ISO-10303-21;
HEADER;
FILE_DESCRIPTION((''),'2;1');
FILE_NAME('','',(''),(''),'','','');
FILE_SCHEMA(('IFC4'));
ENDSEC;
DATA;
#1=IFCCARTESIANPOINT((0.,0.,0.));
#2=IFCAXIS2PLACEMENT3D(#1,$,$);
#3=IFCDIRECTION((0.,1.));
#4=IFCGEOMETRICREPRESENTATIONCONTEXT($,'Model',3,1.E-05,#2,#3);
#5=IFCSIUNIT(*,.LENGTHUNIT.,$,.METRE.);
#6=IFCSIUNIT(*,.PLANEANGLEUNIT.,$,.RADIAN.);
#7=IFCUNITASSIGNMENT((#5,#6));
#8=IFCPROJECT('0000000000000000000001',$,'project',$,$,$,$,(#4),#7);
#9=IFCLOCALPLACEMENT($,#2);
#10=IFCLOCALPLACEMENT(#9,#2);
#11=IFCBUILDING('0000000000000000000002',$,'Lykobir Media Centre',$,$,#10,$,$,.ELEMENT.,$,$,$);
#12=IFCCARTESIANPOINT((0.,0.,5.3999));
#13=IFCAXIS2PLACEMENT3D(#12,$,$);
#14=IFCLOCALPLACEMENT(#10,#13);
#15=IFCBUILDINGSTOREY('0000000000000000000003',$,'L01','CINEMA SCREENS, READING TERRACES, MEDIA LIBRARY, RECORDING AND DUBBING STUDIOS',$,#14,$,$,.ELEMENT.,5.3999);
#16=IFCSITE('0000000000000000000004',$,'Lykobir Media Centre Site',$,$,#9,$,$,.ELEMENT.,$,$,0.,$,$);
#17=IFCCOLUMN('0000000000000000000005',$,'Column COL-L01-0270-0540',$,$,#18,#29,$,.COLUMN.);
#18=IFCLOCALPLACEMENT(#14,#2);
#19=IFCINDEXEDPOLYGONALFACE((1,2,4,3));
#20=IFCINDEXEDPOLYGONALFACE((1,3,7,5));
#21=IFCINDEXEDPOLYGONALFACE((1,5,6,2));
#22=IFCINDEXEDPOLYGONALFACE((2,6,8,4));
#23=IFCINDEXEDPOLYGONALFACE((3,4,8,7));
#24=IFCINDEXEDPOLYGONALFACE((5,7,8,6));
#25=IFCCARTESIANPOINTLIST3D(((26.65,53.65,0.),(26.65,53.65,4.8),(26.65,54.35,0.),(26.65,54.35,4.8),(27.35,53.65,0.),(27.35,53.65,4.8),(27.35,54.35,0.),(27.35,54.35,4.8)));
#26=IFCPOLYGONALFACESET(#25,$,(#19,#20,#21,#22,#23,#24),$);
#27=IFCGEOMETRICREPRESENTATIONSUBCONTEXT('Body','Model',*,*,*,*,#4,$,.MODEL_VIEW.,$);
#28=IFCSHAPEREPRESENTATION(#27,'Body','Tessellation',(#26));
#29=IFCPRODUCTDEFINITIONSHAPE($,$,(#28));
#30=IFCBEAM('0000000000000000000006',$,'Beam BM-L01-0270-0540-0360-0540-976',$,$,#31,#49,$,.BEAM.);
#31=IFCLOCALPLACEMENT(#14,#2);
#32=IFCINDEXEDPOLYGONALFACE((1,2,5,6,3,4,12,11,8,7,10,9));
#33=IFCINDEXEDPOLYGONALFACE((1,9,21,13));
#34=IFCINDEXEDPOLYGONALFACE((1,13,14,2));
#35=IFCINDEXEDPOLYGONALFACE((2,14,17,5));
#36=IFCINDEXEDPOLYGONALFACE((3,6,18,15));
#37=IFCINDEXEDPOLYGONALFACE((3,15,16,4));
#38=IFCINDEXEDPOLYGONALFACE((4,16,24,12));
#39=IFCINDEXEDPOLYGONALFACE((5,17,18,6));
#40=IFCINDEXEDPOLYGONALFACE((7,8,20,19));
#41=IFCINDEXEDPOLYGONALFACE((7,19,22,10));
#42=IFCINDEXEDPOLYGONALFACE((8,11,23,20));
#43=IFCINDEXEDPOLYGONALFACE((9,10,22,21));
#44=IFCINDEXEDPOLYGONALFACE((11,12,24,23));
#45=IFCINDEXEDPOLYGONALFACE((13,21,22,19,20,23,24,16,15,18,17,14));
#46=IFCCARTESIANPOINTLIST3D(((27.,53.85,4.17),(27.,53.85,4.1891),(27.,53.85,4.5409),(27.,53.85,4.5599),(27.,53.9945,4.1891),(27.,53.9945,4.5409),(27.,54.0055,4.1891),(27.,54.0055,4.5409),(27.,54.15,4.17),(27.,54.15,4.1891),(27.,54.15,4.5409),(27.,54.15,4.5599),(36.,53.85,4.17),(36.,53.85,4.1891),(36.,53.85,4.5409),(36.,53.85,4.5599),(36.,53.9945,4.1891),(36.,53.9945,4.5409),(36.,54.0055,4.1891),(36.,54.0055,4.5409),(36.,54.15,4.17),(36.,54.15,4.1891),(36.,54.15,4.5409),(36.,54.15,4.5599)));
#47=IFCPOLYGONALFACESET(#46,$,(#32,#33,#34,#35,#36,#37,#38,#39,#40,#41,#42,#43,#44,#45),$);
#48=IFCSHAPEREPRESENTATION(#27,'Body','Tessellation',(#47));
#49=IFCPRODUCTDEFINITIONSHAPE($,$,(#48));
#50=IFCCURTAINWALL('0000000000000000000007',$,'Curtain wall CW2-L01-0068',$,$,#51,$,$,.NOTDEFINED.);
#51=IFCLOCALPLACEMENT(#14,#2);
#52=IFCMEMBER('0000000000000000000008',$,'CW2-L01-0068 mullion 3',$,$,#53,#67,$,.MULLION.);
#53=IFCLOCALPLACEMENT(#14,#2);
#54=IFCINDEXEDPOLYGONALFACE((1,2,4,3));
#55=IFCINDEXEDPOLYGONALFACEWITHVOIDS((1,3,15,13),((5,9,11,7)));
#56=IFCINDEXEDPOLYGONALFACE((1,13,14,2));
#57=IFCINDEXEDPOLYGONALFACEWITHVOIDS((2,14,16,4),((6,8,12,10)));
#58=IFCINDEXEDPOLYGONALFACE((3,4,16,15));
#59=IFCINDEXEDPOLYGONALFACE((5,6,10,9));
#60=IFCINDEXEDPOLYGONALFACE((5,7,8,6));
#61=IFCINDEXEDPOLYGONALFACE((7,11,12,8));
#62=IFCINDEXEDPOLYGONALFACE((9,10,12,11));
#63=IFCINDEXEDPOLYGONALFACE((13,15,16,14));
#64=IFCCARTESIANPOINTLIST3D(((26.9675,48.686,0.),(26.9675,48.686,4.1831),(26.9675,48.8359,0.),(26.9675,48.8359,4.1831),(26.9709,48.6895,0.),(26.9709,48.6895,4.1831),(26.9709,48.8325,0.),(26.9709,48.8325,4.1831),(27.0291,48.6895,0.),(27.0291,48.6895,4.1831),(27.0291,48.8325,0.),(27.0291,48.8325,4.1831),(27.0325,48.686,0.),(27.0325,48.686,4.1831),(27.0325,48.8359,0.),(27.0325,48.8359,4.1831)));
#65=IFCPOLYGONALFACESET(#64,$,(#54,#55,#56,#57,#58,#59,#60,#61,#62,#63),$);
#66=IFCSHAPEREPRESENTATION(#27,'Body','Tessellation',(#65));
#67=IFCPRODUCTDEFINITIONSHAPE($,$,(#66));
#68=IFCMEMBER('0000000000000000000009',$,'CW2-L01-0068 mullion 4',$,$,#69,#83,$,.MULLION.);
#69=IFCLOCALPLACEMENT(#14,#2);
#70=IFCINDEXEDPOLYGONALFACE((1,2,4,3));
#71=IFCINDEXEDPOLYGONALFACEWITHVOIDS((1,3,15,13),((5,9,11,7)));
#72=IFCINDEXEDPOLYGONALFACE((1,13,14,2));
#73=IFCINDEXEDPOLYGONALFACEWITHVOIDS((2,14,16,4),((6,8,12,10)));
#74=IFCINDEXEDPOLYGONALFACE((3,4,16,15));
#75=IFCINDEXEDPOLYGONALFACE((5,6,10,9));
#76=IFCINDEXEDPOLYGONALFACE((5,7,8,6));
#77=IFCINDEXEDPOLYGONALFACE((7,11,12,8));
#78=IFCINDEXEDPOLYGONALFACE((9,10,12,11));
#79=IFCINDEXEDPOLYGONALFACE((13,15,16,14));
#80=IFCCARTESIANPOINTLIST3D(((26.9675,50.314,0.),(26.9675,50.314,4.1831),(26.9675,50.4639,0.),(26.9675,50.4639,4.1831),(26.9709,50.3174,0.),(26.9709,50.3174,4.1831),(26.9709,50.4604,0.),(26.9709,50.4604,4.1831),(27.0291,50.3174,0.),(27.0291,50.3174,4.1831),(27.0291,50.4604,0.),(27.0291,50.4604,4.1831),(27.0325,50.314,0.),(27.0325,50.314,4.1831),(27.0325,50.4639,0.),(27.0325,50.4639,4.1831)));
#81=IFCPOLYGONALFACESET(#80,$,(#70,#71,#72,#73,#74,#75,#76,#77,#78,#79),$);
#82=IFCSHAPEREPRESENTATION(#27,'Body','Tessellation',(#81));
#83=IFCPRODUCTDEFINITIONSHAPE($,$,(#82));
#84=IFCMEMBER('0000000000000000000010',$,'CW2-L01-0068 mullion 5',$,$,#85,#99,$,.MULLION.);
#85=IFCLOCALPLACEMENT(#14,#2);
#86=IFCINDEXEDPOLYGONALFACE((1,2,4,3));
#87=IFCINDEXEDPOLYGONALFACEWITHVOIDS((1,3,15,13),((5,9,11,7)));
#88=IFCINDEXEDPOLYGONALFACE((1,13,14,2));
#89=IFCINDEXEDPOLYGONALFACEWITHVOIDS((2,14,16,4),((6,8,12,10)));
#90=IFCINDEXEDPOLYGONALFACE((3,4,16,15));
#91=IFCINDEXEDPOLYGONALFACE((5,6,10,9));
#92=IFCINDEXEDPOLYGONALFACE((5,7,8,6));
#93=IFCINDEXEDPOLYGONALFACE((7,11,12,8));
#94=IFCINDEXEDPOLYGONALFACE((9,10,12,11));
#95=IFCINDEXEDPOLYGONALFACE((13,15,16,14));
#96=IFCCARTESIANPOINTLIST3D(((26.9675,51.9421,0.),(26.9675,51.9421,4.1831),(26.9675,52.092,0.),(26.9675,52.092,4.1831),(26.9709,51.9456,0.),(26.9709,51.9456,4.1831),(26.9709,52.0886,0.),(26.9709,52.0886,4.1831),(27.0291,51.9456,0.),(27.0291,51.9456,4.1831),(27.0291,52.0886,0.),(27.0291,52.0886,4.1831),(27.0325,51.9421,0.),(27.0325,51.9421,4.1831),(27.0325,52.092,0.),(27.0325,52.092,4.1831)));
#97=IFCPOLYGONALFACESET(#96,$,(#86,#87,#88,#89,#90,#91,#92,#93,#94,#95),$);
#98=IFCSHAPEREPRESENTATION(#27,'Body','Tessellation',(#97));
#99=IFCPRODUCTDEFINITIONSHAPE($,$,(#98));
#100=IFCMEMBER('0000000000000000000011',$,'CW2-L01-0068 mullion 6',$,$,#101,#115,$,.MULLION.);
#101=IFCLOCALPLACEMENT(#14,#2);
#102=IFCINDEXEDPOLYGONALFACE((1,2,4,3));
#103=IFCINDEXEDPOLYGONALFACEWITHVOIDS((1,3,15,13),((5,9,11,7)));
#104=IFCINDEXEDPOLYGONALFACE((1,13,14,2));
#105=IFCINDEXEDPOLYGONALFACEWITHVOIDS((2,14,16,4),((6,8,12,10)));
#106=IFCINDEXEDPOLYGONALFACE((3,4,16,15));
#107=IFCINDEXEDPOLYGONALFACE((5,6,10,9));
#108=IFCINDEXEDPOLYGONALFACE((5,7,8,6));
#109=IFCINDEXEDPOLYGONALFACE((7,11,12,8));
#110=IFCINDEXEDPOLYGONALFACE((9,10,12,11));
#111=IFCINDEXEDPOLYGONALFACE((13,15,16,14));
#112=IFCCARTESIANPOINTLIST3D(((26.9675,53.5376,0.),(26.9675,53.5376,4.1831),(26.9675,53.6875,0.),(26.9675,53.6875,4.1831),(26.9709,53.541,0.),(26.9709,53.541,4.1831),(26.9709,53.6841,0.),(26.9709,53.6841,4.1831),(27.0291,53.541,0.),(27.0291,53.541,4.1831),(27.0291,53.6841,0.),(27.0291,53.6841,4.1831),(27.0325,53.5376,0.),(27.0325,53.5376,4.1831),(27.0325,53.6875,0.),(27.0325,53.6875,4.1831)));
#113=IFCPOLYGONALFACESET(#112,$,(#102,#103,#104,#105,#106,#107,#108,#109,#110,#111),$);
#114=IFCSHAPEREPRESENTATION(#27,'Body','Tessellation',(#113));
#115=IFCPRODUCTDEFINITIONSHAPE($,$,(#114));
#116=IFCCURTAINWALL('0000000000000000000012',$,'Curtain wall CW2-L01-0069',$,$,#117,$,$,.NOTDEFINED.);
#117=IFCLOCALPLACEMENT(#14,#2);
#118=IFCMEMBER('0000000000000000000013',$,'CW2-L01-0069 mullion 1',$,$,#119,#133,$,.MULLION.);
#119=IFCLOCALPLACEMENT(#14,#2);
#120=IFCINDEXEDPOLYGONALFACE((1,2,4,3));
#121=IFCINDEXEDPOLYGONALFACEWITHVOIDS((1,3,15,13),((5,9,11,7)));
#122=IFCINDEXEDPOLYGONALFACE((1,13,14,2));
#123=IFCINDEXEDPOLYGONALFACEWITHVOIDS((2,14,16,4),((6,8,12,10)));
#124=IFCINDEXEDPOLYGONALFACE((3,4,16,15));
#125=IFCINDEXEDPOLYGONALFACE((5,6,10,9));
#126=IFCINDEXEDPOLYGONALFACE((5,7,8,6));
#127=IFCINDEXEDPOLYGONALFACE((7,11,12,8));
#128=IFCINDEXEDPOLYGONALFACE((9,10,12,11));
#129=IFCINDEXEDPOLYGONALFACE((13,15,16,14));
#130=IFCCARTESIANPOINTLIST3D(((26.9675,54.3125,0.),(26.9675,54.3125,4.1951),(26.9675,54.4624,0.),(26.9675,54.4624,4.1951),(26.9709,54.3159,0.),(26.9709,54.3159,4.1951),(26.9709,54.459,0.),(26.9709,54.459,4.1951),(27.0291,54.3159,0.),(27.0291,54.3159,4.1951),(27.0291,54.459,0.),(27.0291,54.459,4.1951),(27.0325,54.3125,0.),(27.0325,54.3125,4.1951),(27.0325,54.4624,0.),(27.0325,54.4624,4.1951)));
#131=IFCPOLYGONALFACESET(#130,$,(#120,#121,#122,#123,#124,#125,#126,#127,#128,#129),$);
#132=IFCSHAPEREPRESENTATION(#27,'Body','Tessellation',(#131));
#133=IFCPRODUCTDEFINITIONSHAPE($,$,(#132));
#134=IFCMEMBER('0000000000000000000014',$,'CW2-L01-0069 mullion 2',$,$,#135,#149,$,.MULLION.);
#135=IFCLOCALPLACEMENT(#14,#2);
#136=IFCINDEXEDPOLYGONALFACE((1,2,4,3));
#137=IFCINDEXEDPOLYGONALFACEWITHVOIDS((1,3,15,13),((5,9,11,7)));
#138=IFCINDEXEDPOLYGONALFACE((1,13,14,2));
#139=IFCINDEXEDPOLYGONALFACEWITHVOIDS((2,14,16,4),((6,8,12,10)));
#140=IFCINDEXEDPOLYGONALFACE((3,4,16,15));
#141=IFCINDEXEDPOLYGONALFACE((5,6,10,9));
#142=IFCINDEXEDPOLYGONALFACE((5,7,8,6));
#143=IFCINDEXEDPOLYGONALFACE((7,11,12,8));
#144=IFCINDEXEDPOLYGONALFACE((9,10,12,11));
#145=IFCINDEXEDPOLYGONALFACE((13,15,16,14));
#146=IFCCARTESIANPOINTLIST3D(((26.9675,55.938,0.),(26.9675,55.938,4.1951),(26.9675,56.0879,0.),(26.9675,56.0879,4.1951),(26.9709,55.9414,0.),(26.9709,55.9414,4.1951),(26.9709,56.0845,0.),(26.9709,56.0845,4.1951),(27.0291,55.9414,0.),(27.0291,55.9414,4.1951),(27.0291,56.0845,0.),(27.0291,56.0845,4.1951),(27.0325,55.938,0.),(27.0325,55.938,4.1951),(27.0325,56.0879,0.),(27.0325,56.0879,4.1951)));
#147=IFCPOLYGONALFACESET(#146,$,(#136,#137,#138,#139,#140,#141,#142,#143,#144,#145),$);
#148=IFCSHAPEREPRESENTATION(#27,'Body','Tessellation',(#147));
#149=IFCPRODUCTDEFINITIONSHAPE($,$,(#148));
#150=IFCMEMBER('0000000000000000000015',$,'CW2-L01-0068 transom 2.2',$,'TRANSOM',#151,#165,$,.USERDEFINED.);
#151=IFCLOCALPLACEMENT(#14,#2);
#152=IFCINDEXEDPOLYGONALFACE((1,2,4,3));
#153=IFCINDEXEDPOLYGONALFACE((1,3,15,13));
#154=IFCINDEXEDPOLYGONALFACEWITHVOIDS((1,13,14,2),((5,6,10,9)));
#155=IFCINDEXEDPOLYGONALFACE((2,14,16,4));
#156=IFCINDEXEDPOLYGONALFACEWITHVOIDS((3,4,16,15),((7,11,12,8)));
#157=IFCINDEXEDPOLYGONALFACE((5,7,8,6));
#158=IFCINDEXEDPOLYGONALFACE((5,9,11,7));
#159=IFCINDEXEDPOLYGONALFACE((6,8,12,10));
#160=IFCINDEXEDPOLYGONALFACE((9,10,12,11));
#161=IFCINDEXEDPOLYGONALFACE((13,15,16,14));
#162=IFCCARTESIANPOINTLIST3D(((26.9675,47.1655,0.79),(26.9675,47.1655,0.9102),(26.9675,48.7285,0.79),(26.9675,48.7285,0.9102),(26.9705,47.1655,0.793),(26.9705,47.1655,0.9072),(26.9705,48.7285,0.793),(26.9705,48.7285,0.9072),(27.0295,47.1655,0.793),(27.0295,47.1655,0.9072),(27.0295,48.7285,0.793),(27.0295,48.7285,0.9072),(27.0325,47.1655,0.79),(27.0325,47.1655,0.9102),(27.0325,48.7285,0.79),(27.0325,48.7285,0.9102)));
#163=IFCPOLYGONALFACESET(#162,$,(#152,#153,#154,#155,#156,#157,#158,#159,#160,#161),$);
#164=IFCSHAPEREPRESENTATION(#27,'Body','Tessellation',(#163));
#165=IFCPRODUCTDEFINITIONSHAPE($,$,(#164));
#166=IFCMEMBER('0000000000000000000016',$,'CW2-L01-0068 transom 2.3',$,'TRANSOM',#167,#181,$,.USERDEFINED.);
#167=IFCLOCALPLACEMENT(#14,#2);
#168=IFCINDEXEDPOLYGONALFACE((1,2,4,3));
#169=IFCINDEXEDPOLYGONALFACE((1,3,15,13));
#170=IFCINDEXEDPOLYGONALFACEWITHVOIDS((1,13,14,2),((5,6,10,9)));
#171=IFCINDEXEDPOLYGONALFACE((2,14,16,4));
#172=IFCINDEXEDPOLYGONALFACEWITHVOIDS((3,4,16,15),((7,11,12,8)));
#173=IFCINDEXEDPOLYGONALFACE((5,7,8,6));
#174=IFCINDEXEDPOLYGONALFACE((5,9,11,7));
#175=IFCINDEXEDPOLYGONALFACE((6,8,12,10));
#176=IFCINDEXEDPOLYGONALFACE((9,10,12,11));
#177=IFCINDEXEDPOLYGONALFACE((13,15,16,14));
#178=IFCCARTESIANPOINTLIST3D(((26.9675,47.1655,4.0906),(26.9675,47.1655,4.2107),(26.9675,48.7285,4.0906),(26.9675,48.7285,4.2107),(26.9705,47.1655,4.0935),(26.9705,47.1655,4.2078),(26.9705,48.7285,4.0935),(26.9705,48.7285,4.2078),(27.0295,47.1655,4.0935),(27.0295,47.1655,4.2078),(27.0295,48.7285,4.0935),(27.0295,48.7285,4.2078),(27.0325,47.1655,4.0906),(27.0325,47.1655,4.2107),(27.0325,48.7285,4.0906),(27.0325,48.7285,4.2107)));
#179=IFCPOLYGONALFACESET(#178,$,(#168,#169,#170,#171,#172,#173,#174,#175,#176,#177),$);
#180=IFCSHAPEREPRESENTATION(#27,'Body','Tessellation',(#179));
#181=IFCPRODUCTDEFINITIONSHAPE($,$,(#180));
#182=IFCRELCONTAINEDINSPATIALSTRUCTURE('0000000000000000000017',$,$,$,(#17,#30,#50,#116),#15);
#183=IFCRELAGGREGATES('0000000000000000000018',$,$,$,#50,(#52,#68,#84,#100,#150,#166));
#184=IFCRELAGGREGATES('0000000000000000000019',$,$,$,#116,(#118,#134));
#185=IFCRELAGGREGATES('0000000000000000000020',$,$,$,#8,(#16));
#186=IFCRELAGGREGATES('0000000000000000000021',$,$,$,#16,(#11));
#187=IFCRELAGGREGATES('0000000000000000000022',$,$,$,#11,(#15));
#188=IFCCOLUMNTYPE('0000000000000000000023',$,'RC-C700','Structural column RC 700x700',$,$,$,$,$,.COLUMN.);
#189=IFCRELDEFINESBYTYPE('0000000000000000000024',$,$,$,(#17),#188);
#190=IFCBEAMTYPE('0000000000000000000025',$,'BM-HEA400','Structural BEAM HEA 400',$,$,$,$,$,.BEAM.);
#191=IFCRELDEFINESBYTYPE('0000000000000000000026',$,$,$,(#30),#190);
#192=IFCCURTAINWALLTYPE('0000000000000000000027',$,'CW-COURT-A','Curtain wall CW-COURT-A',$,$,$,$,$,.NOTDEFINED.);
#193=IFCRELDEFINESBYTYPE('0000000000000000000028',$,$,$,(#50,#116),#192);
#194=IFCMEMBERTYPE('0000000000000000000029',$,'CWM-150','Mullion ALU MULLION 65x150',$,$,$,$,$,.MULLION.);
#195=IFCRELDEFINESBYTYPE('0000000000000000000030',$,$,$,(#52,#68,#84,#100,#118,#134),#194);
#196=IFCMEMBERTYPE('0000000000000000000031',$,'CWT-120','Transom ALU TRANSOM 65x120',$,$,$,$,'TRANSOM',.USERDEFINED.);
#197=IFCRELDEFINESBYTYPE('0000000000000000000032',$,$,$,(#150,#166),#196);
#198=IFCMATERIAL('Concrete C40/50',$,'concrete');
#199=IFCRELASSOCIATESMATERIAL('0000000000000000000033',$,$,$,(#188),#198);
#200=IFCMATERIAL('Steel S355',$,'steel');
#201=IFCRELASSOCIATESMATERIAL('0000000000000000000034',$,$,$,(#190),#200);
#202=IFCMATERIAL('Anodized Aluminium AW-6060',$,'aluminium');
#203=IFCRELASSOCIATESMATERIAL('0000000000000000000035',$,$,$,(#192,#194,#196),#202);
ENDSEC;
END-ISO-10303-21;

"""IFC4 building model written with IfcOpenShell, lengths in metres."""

from ifc_helpers import new_model, si_unit, direction, frame, origin, origin_2d, place, context, subcontext, project, spatial, rectangle, hollow_rectangle, i_section, extrude, material, material_profile, profile_set, type_object, element, aggregate, save


model = new_model("IFC4")

# Units and contexts
model_context = context("Model", 3, precision=1e-05, world=origin(), true_north=direction((0.0, 1.0)))
body_context = subcontext(model_context, "Body", "Model", "MODEL_VIEW")
ifc_project = project(units=[si_unit("LENGTHUNIT", "METRE"), si_unit("PLANEANGLEUNIT", "RADIAN")], contexts=[model_context])

# Site, building, storey
site_placement = place(None, origin())
site = spatial("IfcSite", under=ifc_project, at=site_placement, Name="Lykobir Media Centre Site", CompositionType="ELEMENT", RefElevation=0.0)
building_placement = place(site_placement, origin())
building = spatial("IfcBuilding", under=site, at=building_placement, Name="Lykobir Media Centre", CompositionType="ELEMENT")
storey_placement = place(building_placement, frame((0.0, 0.0, 5.3999)))
storey = spatial("IfcBuildingStorey", under=building, at=storey_placement, Name="L01", Description="CINEMA SCREENS, READING TERRACES, MEDIA LIBRARY, RECORDING AND DUBBING STUDIOS", CompositionType="ELEMENT", Elevation=5.3999)

# Column
ifc_material_1 = material(Name="Concrete C40/50", Category="concrete")
ifc_material_profile_1 = material_profile(ifc_material_1, rectangle(XDim=0.7, YDim=0.7, at=origin_2d()), Name="RC 700x700")
ifc_profile_set_1 = profile_set([ifc_material_profile_1], Name="Concrete C40/50")
column_type = type_object("IfcColumnType", Name="RC-C700", Description="Structural column RC 700x700", PredefinedType="COLUMN", material=ifc_profile_set_1)
column_placement = place(storey_placement, frame((27.0, 54.0, 0.0), z_axis=(0.0, 0.0, 1.0), x_axis=(1.0, 0.0, 0.0)))
element("IfcColumn", 1, at=column_placement, inside=storey, type_object=column_type, Name="Column COL-L01-0270-0540", PredefinedType="COLUMN", context=body_context, shape_type="SweptSolid", body=[
    extrude(rectangle(XDim=0.7, YDim=0.7, at=origin_2d()), origin(), (0.0, 0.0, 1.0), 4.8),
])

# Beam
ifc_material_2 = material(Name="Steel S355", Category="steel")
ifc_material_profile_2 = material_profile(ifc_material_2, i_section(OverallWidth=0.3, OverallDepth=0.3899, WebThickness=0.011, FlangeThickness=0.019, at=origin_2d()), Name="HEA 400")
ifc_profile_set_2 = profile_set([ifc_material_profile_2], Name="Steel S355")
beam_type_1 = type_object("IfcBeamType", Name="BM-HEA400", Description="Structural BEAM HEA 400", PredefinedType="BEAM", material=ifc_profile_set_2)
beam_1_placement = place(storey_placement, frame((27.0, 54.0, 4.365), z_axis=(1.0, 0.0, 0.0), x_axis=(0.0, 1.0, 0.0)))
element("IfcBeam", 2, at=beam_1_placement, inside=storey, type_object=beam_type_1, Name="Beam BM-L01-0270-0540-0360-0540-976", PredefinedType="BEAM", context=body_context, shape_type="SweptSolid", body=[
    extrude(i_section(OverallWidth=0.3, OverallDepth=0.3899, WebThickness=0.011, FlangeThickness=0.019, at=origin_2d()), origin(), (0.0, 0.0, 1.0), 9.0),
])

# Curtain walls, members
ifc_material_3 = material(Name="Anodized Aluminium AW-6060", Category="aluminium")
curtain_wall_type = type_object("IfcCurtainWallType", Name="CW-COURT-A", Description="Curtain wall CW-COURT-A", PredefinedType="NOTDEFINED", material=ifc_material_3)
curtain_wall_1_placement = place(storey_placement, origin())
curtain_wall_1 = element("IfcCurtainWall", 3, at=curtain_wall_1_placement, inside=storey, type_object=curtain_wall_type, Name="Curtain wall CW2-L01-0068", PredefinedType="NOTDEFINED")
ifc_material_profile_3 = material_profile(ifc_material_3, hollow_rectangle(XDim=0.0649, YDim=0.1499, WallThickness=0.0034, at=origin_2d()), Name="ALU MULLION 65x150")
ifc_profile_set_3 = profile_set([ifc_material_profile_3], Name="Anodized Aluminium AW-6060")
member_type_1 = type_object("IfcMemberType", Name="CWM-150", Description="Mullion ALU MULLION 65x150", PredefinedType="MULLION", material=ifc_profile_set_3)
member_1_placement = place(storey_placement, frame((27.0, 48.761, 0.0), z_axis=(0.0, 0.0, 1.0), x_axis=(-1.0, 0.0, 0.0)))
member_1 = element("IfcMember", 4, at=member_1_placement, type_object=member_type_1, Name="CW2-L01-0068 mullion 3", PredefinedType="MULLION", context=body_context, shape_type="SweptSolid", body=[
    extrude(hollow_rectangle(XDim=0.0649, YDim=0.1499, WallThickness=0.0034, at=origin_2d()), origin(), (0.0, 0.0, 1.0), 4.1831),
])
member_2_placement = place(storey_placement, frame((27.0, 50.3889, 0.0), z_axis=(0.0, 0.0, 1.0), x_axis=(-1.0, 0.0, 0.0)))
member_2 = element("IfcMember", 5, at=member_2_placement, type_object=member_type_1, Name="CW2-L01-0068 mullion 4", PredefinedType="MULLION", context=body_context, shape_type="SweptSolid", body=[
    extrude(hollow_rectangle(XDim=0.0649, YDim=0.1499, WallThickness=0.0034, at=origin_2d()), origin(), (0.0, 0.0, 1.0), 4.1831),
])
member_3_placement = place(storey_placement, frame((27.0, 52.0171, 0.0), z_axis=(0.0, 0.0, 1.0), x_axis=(-1.0, 0.0, 0.0)))
member_3 = element("IfcMember", 6, at=member_3_placement, type_object=member_type_1, Name="CW2-L01-0068 mullion 5", PredefinedType="MULLION", context=body_context, shape_type="SweptSolid", body=[
    extrude(hollow_rectangle(XDim=0.0649, YDim=0.1499, WallThickness=0.0034, at=origin_2d()), origin(), (0.0, 0.0, 1.0), 4.1831),
])
member_4_placement = place(storey_placement, frame((27.0, 53.6125, 0.0), z_axis=(0.0, 0.0, 1.0), x_axis=(-1.0, 0.0, 0.0)))
member_4 = element("IfcMember", 7, at=member_4_placement, type_object=member_type_1, Name="CW2-L01-0068 mullion 6", PredefinedType="MULLION", context=body_context, shape_type="SweptSolid", body=[
    extrude(hollow_rectangle(XDim=0.0649, YDim=0.1499, WallThickness=0.0034, at=origin_2d()), origin(), (0.0, 0.0, 1.0), 4.1831),
])
curtain_wall_2_placement = place(storey_placement, origin())
curtain_wall_2 = element("IfcCurtainWall", 8, at=curtain_wall_2_placement, inside=storey, type_object=curtain_wall_type, Name="Curtain wall CW2-L01-0069", PredefinedType="NOTDEFINED")
member_5_placement = place(storey_placement, frame((27.0, 54.3875, 0.0), z_axis=(0.0, 0.0, 1.0), x_axis=(-1.0, 0.0, 0.0)))
member_5 = element("IfcMember", 9, at=member_5_placement, type_object=member_type_1, Name="CW2-L01-0069 mullion 1", PredefinedType="MULLION", context=body_context, shape_type="SweptSolid", body=[
    extrude(hollow_rectangle(XDim=0.0649, YDim=0.1499, WallThickness=0.0034, at=origin_2d()), origin(), (0.0, 0.0, 1.0), 4.1951),
])
member_6_placement = place(storey_placement, frame((27.0, 56.0129, 0.0), z_axis=(0.0, 0.0, 1.0), x_axis=(-1.0, 0.0, 0.0)))
member_6 = element("IfcMember", 10, at=member_6_placement, type_object=member_type_1, Name="CW2-L01-0069 mullion 2", PredefinedType="MULLION", context=body_context, shape_type="SweptSolid", body=[
    extrude(hollow_rectangle(XDim=0.0649, YDim=0.1499, WallThickness=0.0034, at=origin_2d()), origin(), (0.0, 0.0, 1.0), 4.1951),
])

# Members
ifc_material_profile_4 = material_profile(ifc_material_3, hollow_rectangle(XDim=0.0649, YDim=0.1201, WallThickness=0.0029, at=origin_2d()), Name="ALU TRANSOM 65x120")
ifc_profile_set_4 = profile_set([ifc_material_profile_4], Name="Anodized Aluminium AW-6060")
member_type_2 = type_object("IfcMemberType", Name="CWT-120", Description="Transom ALU TRANSOM 65x120", ElementType="TRANSOM", PredefinedType="USERDEFINED", material=ifc_profile_set_4)
member_7_placement = place(storey_placement, frame((27.0, 47.1655, 0.8501), z_axis=(0.0, 1.0, 0.0), x_axis=(-1.0, 0.0, 0.0)))
member_7 = element("IfcMember", 11, at=member_7_placement, type_object=member_type_2, Name="CW2-L01-0068 transom 2.2", ObjectType="TRANSOM", PredefinedType="USERDEFINED", context=body_context, shape_type="SweptSolid", body=[
    extrude(hollow_rectangle(XDim=0.0649, YDim=0.1201, WallThickness=0.0029, at=origin_2d()), origin(), (0.0, 0.0, 1.0), 1.563),
])
member_8_placement = place(storey_placement, frame((27.0, 47.1655, 4.1506), z_axis=(0.0, 1.0, 0.0), x_axis=(-1.0, 0.0, 0.0)))
member_8 = element("IfcMember", 12, at=member_8_placement, type_object=member_type_2, Name="CW2-L01-0068 transom 2.3", ObjectType="TRANSOM", PredefinedType="USERDEFINED", context=body_context, shape_type="SweptSolid", body=[
    extrude(hollow_rectangle(XDim=0.0649, YDim=0.1201, WallThickness=0.0029, at=origin_2d()), origin(), (0.0, 0.0, 1.0), 1.563),
])

aggregate(curtain_wall_1, [member_1, member_2, member_3, member_4, member_7, member_8])
aggregate(curtain_wall_2, [member_5, member_6])

save(model, "model.ifc")
